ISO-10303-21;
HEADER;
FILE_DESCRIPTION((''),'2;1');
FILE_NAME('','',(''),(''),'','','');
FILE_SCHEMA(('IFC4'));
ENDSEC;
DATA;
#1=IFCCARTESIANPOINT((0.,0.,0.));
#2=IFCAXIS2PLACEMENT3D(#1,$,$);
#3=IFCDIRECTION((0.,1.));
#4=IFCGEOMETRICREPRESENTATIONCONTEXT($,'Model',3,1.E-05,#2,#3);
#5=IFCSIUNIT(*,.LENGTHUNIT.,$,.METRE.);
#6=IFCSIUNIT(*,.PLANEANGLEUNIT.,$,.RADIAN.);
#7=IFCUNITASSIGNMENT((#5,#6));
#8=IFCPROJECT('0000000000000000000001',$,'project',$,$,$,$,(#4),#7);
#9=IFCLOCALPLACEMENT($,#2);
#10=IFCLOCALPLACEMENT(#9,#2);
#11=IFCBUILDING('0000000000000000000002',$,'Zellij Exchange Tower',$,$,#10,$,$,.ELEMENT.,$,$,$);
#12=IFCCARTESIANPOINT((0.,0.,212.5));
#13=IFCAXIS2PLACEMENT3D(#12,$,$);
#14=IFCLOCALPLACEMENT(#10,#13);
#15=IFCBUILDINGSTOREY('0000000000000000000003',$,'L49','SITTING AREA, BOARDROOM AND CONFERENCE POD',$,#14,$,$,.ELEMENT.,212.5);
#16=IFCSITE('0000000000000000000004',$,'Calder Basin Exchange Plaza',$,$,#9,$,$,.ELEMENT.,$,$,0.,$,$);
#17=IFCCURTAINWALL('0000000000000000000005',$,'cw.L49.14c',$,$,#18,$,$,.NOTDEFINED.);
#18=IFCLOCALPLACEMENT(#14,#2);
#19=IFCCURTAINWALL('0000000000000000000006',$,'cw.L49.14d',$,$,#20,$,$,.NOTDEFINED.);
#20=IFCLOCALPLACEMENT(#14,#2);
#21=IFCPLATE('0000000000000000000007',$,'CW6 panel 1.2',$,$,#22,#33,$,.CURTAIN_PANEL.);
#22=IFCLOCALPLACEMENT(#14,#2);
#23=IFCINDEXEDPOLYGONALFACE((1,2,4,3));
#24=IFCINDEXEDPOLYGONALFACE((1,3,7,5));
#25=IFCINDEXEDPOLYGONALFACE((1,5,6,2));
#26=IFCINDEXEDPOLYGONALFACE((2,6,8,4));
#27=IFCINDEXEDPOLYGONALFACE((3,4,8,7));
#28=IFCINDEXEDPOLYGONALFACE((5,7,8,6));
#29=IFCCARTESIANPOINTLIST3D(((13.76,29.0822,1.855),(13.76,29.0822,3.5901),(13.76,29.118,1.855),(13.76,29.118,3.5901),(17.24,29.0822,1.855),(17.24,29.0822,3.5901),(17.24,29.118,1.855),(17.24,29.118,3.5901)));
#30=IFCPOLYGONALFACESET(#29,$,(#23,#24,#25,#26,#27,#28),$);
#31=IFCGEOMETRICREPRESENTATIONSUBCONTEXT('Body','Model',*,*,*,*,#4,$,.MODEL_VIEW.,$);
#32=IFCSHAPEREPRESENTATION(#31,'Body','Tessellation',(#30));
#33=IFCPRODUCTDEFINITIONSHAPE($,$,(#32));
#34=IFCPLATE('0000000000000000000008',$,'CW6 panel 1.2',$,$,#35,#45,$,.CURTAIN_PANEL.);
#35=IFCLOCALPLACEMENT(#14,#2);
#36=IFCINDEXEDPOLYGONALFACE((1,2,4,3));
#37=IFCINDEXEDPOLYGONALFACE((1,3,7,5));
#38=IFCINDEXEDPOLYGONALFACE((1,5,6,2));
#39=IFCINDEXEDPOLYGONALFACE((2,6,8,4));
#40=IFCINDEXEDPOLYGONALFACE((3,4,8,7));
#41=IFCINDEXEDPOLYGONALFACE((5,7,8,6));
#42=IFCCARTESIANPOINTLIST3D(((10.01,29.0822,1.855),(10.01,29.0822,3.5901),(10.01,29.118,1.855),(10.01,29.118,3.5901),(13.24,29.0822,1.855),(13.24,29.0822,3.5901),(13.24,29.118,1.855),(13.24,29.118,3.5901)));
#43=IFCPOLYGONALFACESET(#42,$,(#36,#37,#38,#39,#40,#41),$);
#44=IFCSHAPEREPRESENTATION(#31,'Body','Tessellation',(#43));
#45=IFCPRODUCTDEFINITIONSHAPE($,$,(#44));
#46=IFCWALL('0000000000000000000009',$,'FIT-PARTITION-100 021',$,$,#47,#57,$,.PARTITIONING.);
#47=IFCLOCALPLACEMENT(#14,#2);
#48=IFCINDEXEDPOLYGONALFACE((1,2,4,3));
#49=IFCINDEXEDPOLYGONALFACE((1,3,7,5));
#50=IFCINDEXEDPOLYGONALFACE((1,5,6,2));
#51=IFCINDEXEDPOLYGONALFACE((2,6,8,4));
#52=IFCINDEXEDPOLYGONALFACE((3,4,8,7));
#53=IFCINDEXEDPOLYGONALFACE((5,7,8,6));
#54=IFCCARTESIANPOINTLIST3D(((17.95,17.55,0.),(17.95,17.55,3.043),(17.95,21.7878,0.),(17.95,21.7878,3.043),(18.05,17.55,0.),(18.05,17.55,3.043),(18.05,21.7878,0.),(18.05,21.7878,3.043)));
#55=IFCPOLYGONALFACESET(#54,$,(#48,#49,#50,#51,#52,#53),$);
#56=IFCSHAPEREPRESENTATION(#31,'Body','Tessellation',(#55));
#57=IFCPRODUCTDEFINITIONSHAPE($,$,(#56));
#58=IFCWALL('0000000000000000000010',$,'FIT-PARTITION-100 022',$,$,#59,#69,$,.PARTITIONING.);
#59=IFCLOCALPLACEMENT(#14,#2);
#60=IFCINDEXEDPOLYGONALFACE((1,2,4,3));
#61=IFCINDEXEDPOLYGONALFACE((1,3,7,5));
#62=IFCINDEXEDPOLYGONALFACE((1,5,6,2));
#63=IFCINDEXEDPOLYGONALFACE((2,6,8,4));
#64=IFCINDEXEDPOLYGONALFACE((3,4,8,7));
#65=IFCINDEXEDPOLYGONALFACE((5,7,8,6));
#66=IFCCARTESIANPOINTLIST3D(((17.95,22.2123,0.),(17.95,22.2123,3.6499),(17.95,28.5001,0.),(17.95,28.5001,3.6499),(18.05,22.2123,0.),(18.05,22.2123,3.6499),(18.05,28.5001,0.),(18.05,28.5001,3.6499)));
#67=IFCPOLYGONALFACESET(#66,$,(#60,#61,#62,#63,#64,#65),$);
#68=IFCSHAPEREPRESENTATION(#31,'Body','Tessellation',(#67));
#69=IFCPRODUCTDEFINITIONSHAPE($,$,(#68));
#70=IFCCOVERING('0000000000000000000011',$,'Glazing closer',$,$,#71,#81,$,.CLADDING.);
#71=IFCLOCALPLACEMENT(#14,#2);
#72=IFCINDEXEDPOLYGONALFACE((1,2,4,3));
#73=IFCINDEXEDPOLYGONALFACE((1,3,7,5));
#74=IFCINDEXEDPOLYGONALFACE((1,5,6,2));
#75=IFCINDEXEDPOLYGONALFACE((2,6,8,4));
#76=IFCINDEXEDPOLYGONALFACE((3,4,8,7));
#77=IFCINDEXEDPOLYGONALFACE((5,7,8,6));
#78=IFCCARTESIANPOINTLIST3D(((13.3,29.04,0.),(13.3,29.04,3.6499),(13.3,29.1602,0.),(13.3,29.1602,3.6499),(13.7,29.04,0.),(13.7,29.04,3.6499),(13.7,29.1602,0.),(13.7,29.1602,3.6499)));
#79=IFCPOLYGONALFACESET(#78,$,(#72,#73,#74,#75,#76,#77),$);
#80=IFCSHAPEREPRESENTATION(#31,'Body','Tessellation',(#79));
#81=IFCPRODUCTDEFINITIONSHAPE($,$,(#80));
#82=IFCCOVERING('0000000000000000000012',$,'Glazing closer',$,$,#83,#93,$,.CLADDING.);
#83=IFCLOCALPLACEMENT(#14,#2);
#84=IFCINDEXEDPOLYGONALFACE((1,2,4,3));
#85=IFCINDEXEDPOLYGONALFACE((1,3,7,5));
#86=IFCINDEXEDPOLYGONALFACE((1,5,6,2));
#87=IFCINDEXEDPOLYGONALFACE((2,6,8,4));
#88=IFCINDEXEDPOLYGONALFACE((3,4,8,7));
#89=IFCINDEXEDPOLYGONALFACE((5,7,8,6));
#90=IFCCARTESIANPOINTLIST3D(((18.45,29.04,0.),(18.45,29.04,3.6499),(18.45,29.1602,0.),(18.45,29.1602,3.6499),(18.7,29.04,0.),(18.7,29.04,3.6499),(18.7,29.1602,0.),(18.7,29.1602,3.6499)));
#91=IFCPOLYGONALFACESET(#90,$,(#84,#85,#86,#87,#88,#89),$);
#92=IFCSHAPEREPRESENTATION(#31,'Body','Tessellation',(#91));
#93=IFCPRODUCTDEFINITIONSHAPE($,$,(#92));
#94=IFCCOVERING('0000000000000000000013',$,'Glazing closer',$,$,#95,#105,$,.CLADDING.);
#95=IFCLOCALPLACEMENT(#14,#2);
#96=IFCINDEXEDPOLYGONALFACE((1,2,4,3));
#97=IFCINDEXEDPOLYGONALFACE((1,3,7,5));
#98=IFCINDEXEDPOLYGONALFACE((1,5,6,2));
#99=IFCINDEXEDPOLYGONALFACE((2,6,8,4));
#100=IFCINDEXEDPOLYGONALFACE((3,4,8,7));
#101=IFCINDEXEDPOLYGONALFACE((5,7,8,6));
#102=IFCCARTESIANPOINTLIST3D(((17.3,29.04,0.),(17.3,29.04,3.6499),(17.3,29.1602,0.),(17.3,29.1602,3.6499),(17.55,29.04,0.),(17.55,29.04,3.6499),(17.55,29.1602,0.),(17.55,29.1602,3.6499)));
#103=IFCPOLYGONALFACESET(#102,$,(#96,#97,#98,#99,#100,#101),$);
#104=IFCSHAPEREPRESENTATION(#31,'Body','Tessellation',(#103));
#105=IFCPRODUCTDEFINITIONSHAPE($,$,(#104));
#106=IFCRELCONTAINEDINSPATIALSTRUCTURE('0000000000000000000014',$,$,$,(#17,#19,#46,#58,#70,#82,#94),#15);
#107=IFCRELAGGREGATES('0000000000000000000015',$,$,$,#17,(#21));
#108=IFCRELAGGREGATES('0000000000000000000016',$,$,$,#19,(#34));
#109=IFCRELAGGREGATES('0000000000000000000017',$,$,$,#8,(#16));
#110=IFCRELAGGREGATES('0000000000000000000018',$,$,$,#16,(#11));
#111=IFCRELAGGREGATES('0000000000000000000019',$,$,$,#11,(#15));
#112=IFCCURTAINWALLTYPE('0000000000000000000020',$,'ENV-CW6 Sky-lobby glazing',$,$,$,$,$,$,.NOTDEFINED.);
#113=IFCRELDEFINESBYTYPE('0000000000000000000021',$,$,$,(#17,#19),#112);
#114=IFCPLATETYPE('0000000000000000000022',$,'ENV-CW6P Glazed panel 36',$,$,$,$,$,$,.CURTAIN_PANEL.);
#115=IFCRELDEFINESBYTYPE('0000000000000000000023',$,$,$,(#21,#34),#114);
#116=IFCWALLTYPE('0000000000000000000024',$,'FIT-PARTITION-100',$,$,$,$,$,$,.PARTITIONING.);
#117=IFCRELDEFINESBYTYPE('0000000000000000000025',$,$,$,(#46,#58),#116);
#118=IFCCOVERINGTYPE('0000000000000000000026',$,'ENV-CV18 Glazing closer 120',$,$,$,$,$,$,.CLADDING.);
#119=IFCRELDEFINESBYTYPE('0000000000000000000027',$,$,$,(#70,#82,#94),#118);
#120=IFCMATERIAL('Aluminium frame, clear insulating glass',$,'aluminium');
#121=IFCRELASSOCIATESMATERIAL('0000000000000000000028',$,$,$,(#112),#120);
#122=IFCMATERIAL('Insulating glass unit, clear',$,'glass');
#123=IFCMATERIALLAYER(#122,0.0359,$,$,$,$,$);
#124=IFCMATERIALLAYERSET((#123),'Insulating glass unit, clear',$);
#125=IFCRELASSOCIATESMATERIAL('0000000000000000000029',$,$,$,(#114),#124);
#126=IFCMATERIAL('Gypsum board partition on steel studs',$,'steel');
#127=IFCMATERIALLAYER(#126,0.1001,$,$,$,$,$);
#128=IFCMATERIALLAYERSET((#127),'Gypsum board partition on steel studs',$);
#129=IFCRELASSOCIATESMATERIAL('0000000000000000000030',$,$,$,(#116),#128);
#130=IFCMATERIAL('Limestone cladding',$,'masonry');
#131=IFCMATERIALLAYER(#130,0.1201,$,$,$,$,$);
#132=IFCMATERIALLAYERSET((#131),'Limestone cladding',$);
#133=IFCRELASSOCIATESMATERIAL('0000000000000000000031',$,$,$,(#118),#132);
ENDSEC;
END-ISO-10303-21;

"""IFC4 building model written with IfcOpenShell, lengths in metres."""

from ifc_helpers import new_model, si_unit, direction, frame, frame_2d, origin, origin_2d, place, context, subcontext, project, spatial, rectangle, extrude, material, layer, layer_set, type_object, element, aggregate, save


model = new_model("IFC4")

# Units and contexts
model_context = context("Model", 3, precision=1e-05, world=origin(), true_north=direction((0.0, 1.0)))
body_context = subcontext(model_context, "Body", "Model", "MODEL_VIEW")
ifc_project = project(units=[si_unit("LENGTHUNIT", "METRE"), si_unit("PLANEANGLEUNIT", "RADIAN")], contexts=[model_context])

# Site, building, storey
site_placement = place(None, origin())
site = spatial("IfcSite", under=ifc_project, at=site_placement, Name="Calder Basin Exchange Plaza", CompositionType="ELEMENT", RefElevation=0.0)
building_placement = place(site_placement, origin())
building = spatial("IfcBuilding", under=site, at=building_placement, Name="Zellij Exchange Tower", CompositionType="ELEMENT")
storey_placement = place(building_placement, frame((0.0, 0.0, 212.5)))
storey = spatial("IfcBuildingStorey", under=building, at=storey_placement, Name="L49", Description="SITTING AREA, BOARDROOM AND CONFERENCE POD", CompositionType="ELEMENT", Elevation=212.5)

# Shared definitions
ifc_material_1 = material(Name="Aluminium frame, clear insulating glass", Category="aluminium")
curtain_wall_type = type_object("IfcCurtainWallType", Name="ENV-CW6 Sky-lobby glazing", PredefinedType="NOTDEFINED", material=ifc_material_1)

# Curtain wall
curtain_wall_1_placement = place(storey_placement, origin())
curtain_wall_1 = element("IfcCurtainWall", 1, at=curtain_wall_1_placement, inside=storey, type_object=curtain_wall_type, Name="cw.L49.14c", PredefinedType="NOTDEFINED")

# Curtain wall
curtain_wall_2_placement = place(storey_placement, origin())
curtain_wall_2 = element("IfcCurtainWall", 2, at=curtain_wall_2_placement, inside=storey, type_object=curtain_wall_type, Name="cw.L49.14d", PredefinedType="NOTDEFINED")

# Plates
ifc_material_2 = material(Name="Insulating glass unit, clear", Category="glass")
ifc_layer_1 = layer(ifc_material_2, 0.0359)
ifc_layer_set_1 = layer_set([ifc_layer_1], Name="Insulating glass unit, clear")
plate_type = type_object("IfcPlateType", Name="ENV-CW6P Glazed panel 36", PredefinedType="CURTAIN_PANEL", material=ifc_layer_set_1)
plate_1_placement = place(storey_placement, frame((15.5, 29.1001, 1.855), z_axis=(0.0, 0.0, 1.0), x_axis=(-1.0, 0.0, 0.0)))
plate_1 = element("IfcPlate", 3, at=plate_1_placement, type_object=plate_type, Name="CW6 panel 1.2", PredefinedType="CURTAIN_PANEL", context=body_context, shape_type="SweptSolid", body=[
    extrude(rectangle(XDim=3.48, YDim=0.0359, at=origin_2d()), origin(), (0.0, 0.0, 1.0), 1.7351),
])
aggregate(curtain_wall_1, [plate_1])
plate_2_placement = place(storey_placement, frame((11.625, 29.1001, 1.855), z_axis=(0.0, 0.0, 1.0), x_axis=(-1.0, 0.0, 0.0)))
plate_2 = element("IfcPlate", 4, at=plate_2_placement, type_object=plate_type, Name="CW6 panel 1.2", PredefinedType="CURTAIN_PANEL", context=body_context, shape_type="SweptSolid", body=[
    extrude(rectangle(XDim=3.23, YDim=0.0359, at=origin_2d()), origin(), (0.0, 0.0, 1.0), 1.7351),
])
aggregate(curtain_wall_2, [plate_2])

# Walls
ifc_material_3 = material(Name="Gypsum board partition on steel studs", Category="steel")
ifc_layer_2 = layer(ifc_material_3, 0.1001)
ifc_layer_set_2 = layer_set([ifc_layer_2], Name="Gypsum board partition on steel studs")
wall_type = type_object("IfcWallType", Name="FIT-PARTITION-100", PredefinedType="PARTITIONING", material=ifc_layer_set_2)
wall_1_placement = place(storey_placement, frame((18.0, 17.55, 0.0), z_axis=(0.0, 0.0, 1.0), x_axis=(0.0, 1.0, 0.0)))
element("IfcWall", 5, at=wall_1_placement, inside=storey, type_object=wall_type, Name="FIT-PARTITION-100 021", PredefinedType="PARTITIONING", context=body_context, shape_type="SweptSolid", body=[
    extrude(rectangle(XDim=4.2378, YDim=0.1001, at=frame_2d((2.1189, 0.0))), origin(), (0.0, 0.0, 1.0), 3.043),
])
wall_2_placement = place(storey_placement, frame((18.0, 22.2122, 0.0), z_axis=(0.0, 0.0, 1.0), x_axis=(0.0, 1.0, 0.0)))
element("IfcWall", 6, at=wall_2_placement, inside=storey, type_object=wall_type, Name="FIT-PARTITION-100 022", PredefinedType="PARTITIONING", context=body_context, shape_type="SweptSolid", body=[
    extrude(rectangle(XDim=6.2878, YDim=0.1001, at=frame_2d((3.144, 0.0))), origin(), (0.0, 0.0, 1.0), 3.6499),
])

# Coverings
ifc_material_4 = material(Name="Limestone cladding", Category="masonry")
ifc_layer_3 = layer(ifc_material_4, 0.1201)
ifc_layer_set_3 = layer_set([ifc_layer_3], Name="Limestone cladding")
covering_type = type_object("IfcCoveringType", Name="ENV-CV18 Glazing closer 120", PredefinedType="CLADDING", material=ifc_layer_set_3)
covering_placement = place(storey_placement, frame((13.5, 29.1001, 0.0), z_axis=(0.0, 0.0, 1.0), x_axis=(-1.0, 0.0, 0.0)))
element("IfcCovering", 7, at=covering_placement, inside=storey, type_object=covering_type, Name="Glazing closer", PredefinedType="CLADDING", context=body_context, shape_type="SweptSolid", body=[
    extrude(rectangle(XDim=0.3999, YDim=0.1201, at=origin_2d()), origin(), (0.0, 0.0, 1.0), 3.6499),
])
for number, where, z_axis, x_axis, name in (
    (8, (18.575, 29.1001, 0.0), (0.0, 0.0, 1.0), (-1.0, 0.0, 0.0), "Glazing closer"),
    (9, (17.425, 29.1001, 0.0), (0.0, 0.0, 1.0), (1.0, 0.0, 0.0), "Glazing closer"),
):
    element("IfcCovering", number, at=place(storey_placement, frame(where, z_axis=z_axis, x_axis=x_axis)), inside=storey, type_object=covering_type, Name=name, PredefinedType="CLADDING", context=body_context, shape_type="SweptSolid", body=[
        extrude(rectangle(XDim=0.25, YDim=0.1201, at=origin_2d()), origin(), (0.0, 0.0, 1.0), 3.6499),
    ])

save(model, "model.ifc")
